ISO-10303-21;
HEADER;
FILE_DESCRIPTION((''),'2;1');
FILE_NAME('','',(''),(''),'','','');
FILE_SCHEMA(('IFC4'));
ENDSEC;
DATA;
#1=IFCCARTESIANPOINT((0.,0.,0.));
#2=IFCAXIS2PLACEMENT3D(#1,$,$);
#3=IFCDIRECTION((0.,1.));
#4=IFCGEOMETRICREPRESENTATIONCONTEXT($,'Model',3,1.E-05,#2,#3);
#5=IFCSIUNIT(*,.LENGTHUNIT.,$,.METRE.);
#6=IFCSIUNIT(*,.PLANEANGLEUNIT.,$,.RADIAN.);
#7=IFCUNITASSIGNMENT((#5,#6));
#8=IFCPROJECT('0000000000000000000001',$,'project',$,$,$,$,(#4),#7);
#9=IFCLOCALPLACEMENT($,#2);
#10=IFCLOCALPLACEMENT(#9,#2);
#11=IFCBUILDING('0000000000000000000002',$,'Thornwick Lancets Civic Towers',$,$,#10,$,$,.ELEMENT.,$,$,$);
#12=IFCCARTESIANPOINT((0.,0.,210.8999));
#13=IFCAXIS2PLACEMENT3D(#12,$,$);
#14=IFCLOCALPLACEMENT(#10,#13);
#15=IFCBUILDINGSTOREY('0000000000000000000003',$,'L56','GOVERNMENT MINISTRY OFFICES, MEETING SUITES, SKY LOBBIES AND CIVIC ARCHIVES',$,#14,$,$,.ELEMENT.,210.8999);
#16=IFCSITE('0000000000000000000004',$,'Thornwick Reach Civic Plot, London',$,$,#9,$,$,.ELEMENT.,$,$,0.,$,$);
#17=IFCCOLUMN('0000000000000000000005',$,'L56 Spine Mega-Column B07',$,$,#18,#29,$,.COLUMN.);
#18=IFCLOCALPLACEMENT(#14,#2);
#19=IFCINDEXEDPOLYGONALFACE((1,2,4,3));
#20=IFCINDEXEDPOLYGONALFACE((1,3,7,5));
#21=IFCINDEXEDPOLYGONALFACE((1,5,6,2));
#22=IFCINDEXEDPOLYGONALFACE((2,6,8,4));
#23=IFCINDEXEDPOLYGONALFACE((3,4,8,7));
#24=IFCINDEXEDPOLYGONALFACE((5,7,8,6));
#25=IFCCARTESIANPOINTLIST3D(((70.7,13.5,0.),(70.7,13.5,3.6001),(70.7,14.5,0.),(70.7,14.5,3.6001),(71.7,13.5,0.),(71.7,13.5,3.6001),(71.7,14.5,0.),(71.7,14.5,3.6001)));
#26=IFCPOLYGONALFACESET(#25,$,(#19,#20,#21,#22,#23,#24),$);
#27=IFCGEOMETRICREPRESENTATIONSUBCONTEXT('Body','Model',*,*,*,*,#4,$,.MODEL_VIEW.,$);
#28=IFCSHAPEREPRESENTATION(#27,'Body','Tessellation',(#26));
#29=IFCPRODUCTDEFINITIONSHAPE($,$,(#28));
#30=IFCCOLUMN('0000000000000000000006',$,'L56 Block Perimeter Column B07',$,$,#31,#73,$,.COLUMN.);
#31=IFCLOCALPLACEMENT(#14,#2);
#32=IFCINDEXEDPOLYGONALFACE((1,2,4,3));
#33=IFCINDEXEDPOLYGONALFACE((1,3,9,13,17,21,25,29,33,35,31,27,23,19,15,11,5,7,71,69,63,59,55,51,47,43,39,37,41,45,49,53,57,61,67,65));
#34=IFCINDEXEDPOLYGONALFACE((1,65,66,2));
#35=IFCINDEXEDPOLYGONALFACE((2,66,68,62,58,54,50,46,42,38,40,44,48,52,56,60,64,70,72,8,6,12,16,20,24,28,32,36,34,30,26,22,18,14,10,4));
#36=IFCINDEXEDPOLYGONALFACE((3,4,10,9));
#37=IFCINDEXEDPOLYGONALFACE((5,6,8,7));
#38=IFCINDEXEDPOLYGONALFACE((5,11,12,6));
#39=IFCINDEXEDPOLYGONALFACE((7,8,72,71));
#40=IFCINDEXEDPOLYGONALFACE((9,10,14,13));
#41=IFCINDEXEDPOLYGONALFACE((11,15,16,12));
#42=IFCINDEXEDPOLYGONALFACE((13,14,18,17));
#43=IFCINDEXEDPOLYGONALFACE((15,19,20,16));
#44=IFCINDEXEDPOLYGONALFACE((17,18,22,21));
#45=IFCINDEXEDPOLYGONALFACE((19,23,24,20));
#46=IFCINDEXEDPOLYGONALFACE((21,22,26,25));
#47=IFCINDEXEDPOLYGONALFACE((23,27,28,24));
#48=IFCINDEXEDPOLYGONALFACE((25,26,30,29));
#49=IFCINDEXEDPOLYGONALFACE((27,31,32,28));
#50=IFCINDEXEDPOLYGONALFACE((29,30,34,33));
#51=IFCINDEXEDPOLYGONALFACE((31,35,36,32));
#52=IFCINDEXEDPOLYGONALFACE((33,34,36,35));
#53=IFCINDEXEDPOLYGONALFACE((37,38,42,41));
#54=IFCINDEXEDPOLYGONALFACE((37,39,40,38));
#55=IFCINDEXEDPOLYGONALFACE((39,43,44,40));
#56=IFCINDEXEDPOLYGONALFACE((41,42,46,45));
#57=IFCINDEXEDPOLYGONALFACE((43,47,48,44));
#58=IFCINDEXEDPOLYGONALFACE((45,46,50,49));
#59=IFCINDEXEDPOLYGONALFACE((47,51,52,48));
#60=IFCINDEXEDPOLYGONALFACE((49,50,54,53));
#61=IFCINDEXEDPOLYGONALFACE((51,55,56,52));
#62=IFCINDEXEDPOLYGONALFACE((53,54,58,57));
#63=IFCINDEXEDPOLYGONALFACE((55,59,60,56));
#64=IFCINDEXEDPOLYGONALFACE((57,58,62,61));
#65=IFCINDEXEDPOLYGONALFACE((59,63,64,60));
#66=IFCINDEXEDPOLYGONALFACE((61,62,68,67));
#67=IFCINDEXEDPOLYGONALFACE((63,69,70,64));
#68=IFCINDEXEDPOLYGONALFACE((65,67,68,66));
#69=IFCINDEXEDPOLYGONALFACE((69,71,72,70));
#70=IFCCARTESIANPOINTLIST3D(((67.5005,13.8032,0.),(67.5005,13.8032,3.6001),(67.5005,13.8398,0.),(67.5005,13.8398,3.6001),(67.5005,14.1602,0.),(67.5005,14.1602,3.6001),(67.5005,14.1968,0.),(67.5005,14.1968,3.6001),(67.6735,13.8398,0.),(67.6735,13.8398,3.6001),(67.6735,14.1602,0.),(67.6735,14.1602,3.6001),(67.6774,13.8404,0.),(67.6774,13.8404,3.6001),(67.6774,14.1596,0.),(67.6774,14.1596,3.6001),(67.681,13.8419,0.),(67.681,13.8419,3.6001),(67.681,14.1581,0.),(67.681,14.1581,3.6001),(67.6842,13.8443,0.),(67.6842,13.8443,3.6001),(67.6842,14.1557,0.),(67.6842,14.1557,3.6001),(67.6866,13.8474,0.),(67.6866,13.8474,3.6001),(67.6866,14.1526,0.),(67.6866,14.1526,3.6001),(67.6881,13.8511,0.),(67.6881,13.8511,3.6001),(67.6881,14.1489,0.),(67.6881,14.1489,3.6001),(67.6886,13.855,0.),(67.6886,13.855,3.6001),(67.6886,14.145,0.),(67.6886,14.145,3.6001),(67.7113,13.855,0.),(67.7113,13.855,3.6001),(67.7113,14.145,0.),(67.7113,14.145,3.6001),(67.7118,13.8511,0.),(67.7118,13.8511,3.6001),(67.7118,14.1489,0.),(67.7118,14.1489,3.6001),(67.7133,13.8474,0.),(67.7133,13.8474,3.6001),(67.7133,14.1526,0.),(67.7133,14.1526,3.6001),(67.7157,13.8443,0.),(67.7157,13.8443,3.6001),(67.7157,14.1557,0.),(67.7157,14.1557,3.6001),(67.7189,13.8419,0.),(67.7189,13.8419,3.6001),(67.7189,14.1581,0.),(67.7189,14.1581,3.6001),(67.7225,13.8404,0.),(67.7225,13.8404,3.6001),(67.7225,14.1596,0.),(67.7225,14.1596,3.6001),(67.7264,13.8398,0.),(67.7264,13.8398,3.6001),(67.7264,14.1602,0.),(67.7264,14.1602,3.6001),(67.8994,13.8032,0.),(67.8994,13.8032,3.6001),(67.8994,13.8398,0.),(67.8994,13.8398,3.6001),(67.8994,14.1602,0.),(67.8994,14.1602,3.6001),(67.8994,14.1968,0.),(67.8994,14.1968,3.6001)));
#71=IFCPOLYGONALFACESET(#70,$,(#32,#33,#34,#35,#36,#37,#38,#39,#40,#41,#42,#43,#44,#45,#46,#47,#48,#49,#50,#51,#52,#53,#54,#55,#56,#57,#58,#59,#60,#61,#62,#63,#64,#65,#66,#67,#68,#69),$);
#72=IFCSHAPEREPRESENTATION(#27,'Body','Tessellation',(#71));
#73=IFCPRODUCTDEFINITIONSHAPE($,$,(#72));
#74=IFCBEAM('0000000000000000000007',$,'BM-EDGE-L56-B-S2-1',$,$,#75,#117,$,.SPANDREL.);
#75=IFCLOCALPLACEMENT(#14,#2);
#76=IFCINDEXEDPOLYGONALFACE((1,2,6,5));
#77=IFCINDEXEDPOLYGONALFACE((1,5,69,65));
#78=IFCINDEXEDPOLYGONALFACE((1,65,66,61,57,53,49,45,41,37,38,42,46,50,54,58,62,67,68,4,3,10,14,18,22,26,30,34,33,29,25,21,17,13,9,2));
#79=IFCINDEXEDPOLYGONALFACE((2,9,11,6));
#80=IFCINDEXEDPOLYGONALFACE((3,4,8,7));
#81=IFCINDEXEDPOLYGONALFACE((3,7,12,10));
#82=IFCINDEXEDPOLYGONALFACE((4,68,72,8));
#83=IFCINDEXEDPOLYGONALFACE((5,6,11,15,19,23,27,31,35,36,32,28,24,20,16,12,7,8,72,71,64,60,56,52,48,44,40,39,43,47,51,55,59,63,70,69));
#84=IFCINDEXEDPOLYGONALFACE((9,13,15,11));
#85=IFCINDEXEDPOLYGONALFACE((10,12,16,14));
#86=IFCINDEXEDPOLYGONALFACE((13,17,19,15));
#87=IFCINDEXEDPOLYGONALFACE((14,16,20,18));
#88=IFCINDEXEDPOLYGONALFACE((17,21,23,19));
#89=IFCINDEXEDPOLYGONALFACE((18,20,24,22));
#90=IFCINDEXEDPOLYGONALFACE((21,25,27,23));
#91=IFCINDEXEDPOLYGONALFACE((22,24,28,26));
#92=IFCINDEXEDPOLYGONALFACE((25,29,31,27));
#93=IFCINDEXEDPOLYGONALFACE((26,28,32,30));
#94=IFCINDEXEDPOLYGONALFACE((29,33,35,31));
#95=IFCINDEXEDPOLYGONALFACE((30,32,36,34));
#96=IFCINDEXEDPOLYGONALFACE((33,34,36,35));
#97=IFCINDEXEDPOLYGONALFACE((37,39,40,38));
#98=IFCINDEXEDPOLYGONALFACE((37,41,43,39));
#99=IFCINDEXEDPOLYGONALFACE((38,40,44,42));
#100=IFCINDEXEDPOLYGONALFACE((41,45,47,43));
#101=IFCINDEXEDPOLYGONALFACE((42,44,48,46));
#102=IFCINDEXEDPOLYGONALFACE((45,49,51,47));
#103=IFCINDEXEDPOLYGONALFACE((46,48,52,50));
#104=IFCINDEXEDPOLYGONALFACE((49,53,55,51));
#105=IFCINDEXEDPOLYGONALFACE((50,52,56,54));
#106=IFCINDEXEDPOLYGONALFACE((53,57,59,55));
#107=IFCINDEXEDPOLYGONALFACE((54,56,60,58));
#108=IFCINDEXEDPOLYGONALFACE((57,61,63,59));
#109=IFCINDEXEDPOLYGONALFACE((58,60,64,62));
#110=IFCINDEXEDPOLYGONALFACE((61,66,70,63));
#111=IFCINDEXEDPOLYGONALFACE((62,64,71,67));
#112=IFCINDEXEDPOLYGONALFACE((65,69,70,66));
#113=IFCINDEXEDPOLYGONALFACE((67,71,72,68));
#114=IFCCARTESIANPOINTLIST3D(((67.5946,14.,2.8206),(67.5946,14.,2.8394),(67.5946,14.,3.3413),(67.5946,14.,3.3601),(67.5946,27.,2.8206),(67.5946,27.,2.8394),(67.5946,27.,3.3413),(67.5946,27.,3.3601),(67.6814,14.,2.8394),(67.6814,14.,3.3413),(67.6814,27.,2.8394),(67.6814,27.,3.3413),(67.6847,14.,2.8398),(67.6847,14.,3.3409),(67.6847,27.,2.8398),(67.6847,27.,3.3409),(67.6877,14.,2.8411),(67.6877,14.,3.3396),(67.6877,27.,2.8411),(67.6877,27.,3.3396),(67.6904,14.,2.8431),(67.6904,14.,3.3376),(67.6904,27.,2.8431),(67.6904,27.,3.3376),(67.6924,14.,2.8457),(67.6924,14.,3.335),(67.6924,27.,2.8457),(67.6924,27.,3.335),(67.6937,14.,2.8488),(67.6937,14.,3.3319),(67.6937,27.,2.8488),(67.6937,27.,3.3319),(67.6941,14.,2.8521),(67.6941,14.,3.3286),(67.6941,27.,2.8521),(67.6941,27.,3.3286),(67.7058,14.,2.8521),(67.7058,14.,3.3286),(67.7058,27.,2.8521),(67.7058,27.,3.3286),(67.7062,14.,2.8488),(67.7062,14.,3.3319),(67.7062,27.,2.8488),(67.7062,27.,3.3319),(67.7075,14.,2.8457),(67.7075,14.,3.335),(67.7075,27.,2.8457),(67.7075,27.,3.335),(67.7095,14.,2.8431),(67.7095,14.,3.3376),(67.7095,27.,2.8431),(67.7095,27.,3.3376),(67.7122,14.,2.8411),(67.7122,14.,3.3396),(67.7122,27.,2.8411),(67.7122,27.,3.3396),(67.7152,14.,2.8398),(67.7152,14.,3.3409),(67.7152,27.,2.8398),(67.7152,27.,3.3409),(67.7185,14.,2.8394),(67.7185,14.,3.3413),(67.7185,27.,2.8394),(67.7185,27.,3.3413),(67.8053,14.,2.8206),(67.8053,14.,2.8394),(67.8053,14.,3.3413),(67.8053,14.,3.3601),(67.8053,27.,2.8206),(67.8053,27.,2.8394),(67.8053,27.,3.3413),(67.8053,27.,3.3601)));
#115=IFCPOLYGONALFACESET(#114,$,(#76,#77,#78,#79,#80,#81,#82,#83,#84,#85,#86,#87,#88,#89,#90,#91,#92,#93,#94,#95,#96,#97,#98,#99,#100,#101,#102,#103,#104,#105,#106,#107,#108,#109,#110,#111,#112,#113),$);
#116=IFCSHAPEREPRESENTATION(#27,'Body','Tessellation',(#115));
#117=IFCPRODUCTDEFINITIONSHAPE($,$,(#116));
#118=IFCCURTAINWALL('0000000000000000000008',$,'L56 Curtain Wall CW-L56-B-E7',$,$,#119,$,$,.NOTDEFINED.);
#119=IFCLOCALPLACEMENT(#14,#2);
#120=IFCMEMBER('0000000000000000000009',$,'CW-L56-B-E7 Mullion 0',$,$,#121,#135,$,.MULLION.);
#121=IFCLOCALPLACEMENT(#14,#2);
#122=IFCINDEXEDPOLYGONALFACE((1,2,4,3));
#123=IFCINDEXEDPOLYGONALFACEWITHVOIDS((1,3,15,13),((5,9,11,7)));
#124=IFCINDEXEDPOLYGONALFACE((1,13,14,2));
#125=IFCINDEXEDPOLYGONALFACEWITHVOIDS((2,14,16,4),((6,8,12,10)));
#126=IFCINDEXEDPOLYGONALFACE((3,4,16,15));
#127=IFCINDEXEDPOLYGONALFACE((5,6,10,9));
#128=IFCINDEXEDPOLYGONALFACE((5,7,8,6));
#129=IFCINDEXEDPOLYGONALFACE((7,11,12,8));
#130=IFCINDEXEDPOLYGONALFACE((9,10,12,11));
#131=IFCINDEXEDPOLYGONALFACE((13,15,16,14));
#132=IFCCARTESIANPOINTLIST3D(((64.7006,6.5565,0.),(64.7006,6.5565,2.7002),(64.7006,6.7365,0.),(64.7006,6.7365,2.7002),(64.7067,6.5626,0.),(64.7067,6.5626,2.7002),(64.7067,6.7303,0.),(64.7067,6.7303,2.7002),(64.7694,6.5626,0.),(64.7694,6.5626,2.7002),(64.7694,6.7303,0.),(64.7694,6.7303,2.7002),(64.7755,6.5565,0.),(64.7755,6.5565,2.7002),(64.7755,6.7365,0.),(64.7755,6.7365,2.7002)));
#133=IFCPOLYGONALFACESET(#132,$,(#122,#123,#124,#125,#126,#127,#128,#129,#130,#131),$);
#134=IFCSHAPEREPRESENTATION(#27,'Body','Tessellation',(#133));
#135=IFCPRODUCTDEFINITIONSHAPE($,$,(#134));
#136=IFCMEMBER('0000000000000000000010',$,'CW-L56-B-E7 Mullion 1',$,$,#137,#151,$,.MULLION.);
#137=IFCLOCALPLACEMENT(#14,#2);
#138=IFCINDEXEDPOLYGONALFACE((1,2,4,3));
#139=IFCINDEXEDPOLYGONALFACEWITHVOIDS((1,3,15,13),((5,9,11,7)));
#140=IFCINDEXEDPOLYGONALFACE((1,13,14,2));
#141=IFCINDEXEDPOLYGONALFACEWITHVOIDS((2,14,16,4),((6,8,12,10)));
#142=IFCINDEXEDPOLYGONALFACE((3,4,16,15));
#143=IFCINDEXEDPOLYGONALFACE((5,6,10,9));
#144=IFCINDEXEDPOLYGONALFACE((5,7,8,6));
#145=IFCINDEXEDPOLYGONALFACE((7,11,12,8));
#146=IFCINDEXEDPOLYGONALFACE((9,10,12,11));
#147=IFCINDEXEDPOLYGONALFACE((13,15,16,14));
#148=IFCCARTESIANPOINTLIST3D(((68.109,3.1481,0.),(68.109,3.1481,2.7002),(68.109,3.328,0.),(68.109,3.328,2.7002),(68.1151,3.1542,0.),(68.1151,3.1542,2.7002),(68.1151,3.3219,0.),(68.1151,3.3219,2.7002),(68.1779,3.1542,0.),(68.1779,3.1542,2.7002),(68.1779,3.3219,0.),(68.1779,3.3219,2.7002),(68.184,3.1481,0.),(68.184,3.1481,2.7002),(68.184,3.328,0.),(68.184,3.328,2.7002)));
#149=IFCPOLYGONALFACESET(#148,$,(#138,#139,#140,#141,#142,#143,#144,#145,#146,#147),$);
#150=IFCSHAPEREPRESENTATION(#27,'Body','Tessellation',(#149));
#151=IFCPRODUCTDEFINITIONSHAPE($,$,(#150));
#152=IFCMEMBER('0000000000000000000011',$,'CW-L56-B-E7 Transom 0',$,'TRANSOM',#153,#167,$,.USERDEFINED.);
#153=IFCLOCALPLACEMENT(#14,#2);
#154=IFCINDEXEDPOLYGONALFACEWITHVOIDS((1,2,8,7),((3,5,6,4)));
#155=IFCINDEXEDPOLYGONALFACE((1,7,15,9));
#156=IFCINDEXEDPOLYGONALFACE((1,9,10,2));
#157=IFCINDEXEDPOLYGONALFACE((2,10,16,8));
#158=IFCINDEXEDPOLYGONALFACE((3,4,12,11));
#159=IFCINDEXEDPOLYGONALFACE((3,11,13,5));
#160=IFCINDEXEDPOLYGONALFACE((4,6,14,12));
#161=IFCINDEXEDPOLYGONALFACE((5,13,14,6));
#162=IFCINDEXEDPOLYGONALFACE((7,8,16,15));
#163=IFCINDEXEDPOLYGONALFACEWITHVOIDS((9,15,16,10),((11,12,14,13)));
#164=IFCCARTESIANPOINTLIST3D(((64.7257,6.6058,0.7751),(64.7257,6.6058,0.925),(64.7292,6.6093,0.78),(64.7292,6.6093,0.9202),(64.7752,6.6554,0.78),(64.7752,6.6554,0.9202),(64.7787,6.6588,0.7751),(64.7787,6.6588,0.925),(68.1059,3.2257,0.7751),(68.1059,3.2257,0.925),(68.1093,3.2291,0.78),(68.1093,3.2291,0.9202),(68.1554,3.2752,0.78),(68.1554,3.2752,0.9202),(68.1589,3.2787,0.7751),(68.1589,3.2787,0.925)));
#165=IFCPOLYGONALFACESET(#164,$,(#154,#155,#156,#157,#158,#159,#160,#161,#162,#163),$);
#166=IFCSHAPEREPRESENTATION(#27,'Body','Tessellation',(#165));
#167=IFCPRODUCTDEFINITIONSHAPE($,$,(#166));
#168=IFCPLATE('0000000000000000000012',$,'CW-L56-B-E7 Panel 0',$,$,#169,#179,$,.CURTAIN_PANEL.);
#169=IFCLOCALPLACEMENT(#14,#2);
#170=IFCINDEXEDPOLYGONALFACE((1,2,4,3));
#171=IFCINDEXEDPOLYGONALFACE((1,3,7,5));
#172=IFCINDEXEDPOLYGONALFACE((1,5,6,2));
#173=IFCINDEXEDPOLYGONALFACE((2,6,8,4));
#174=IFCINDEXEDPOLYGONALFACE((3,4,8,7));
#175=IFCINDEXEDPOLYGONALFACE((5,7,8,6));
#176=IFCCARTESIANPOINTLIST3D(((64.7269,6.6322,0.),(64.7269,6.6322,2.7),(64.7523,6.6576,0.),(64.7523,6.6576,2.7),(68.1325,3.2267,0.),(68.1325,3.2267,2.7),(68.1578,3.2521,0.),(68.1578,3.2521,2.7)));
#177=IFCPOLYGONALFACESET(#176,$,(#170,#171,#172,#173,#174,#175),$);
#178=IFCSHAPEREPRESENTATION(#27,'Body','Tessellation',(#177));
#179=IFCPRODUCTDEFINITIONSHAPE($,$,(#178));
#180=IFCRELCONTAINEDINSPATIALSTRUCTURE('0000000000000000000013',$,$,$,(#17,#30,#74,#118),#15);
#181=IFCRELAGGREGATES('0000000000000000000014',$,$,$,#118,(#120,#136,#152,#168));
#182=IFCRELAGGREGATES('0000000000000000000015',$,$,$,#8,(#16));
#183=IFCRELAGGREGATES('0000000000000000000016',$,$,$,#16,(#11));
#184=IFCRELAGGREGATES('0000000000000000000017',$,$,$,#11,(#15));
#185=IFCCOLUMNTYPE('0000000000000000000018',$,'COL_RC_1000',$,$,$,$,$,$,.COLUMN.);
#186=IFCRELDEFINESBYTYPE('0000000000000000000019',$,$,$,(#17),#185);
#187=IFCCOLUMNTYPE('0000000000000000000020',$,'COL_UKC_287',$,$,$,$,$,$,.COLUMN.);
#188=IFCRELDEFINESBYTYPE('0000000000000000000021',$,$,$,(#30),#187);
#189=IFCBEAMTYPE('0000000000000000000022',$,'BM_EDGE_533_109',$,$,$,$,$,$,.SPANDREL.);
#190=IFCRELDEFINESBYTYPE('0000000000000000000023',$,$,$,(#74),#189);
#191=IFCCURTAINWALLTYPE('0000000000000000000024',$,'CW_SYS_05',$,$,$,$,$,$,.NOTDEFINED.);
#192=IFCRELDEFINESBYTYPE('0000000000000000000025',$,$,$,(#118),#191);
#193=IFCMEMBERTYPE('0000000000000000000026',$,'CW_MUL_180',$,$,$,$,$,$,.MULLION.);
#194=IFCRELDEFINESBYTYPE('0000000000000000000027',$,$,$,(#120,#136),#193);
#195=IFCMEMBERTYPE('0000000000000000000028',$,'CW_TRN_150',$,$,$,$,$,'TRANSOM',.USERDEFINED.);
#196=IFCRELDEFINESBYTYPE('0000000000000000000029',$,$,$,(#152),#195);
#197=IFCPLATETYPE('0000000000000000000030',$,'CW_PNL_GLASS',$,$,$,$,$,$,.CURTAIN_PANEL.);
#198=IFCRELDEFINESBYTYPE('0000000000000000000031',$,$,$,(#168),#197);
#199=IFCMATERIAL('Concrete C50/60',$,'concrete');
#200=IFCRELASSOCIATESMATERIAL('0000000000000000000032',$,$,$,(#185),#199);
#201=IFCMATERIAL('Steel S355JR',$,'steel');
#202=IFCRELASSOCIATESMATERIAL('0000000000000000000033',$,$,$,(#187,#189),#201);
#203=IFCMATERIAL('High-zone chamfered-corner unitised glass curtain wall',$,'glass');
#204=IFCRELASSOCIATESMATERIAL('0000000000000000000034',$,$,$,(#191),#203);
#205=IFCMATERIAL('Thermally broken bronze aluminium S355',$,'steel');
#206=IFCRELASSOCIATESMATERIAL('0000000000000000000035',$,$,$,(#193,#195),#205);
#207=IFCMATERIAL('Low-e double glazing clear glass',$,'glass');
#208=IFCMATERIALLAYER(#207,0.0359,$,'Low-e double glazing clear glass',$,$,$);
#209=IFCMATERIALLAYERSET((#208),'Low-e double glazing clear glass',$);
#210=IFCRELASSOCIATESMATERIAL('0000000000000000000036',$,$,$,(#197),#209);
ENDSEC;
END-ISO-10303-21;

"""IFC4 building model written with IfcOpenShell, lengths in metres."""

from ifc_helpers import new_model, si_unit, direction, frame, origin, origin_2d, place, context, subcontext, project, spatial, rectangle, hollow_rectangle, i_section, extrude, material, layer, layer_set, material_profile, profile_set, type_object, element, aggregate, save


model = new_model("IFC4")

# Units and contexts
model_context = context("Model", 3, precision=1e-05, world=origin(), true_north=direction((0.0, 1.0)))
body_context = subcontext(model_context, "Body", "Model", "MODEL_VIEW")
ifc_project = project(units=[si_unit("LENGTHUNIT", "METRE"), si_unit("PLANEANGLEUNIT", "RADIAN")], contexts=[model_context])

# Site, building, storey
site_placement = place(None, origin())
site = spatial("IfcSite", under=ifc_project, at=site_placement, Name="Thornwick Reach Civic Plot, London", CompositionType="ELEMENT", RefElevation=0.0)
building_placement = place(site_placement, origin())
building = spatial("IfcBuilding", under=site, at=building_placement, Name="Thornwick Lancets Civic Towers", CompositionType="ELEMENT")
storey_placement = place(building_placement, frame((0.0, 0.0, 210.8999)))
storey = spatial("IfcBuildingStorey", under=building, at=storey_placement, Name="L56", Description="GOVERNMENT MINISTRY OFFICES, MEETING SUITES, SKY LOBBIES AND CIVIC ARCHIVES", CompositionType="ELEMENT", Elevation=210.8999)

# Columns
ifc_material_1 = material(Name="Concrete C50/60", Category="concrete")
ifc_material_profile_1 = material_profile(ifc_material_1, rectangle(XDim=1.0, YDim=1.0, at=origin_2d()), Name="RC 1000x1000")
ifc_profile_set_1 = profile_set([ifc_material_profile_1], Name="Concrete C50/60")
column_type_1 = type_object("IfcColumnType", Name="COL_RC_1000", PredefinedType="COLUMN", material=ifc_profile_set_1)
column_1_placement = place(storey_placement, frame((71.2, 14.0, 0.0), z_axis=(0.0, 0.0, 1.0), x_axis=(1.0, 0.0, 0.0)))
element("IfcColumn", 1, at=column_1_placement, inside=storey, type_object=column_type_1, Name="L56 Spine Mega-Column B07", PredefinedType="COLUMN", context=body_context, shape_type="SweptSolid", body=[
    extrude(rectangle(XDim=1.0, YDim=1.0, at=origin_2d()), origin(), (0.0, 0.0, 1.0), 3.6001),
])
ifc_material_2 = material(Name="Steel S355JR", Category="steel")
ifc_material_profile_2 = material_profile(ifc_material_2, i_section(OverallWidth=0.3989, OverallDepth=0.3936, WebThickness=0.0227, FlangeThickness=0.0366, FilletRadius=0.0151, at=origin_2d()), Name="UKC 356x406x287")
ifc_profile_set_2 = profile_set([ifc_material_profile_2], Name="Steel S355JR")
column_type_2 = type_object("IfcColumnType", Name="COL_UKC_287", PredefinedType="COLUMN", material=ifc_profile_set_2)
column_2_placement = place(storey_placement, frame((67.7, 14.0, 0.0), z_axis=(0.0, 0.0, 1.0), x_axis=(1.0, 0.0, 0.0)))
element("IfcColumn", 2, at=column_2_placement, inside=storey, type_object=column_type_2, Name="L56 Block Perimeter Column B07", PredefinedType="COLUMN", context=body_context, shape_type="SweptSolid", body=[
    extrude(i_section(OverallWidth=0.3989, OverallDepth=0.3936, WebThickness=0.0227, FlangeThickness=0.0366, FilletRadius=0.0151, at=origin_2d()), origin(), (0.0, 0.0, 1.0), 3.6001),
])

# Beam
ifc_material_profile_3 = material_profile(ifc_material_2, i_section(OverallWidth=0.2107, OverallDepth=0.5396, WebThickness=0.0117, FlangeThickness=0.0188, FilletRadius=0.0127, at=origin_2d()), Name="UKB 533x210x109")
ifc_profile_set_3 = profile_set([ifc_material_profile_3], Name="Steel S355JR")
beam_type = type_object("IfcBeamType", Name="BM_EDGE_533_109", PredefinedType="SPANDREL", material=ifc_profile_set_3)
beam_placement = place(storey_placement, frame((67.7, 14.0, 3.0903), z_axis=(0.0, 1.0, 0.0), x_axis=(-1.0, 0.0, 0.0)))
element("IfcBeam", 3, at=beam_placement, inside=storey, type_object=beam_type, Name="BM-EDGE-L56-B-S2-1", PredefinedType="SPANDREL", context=body_context, shape_type="SweptSolid", body=[
    extrude(i_section(OverallWidth=0.2107, OverallDepth=0.5396, WebThickness=0.0117, FlangeThickness=0.0188, FilletRadius=0.0127, at=origin_2d()), origin(), (0.0, 0.0, 1.0), 13.0),
])

# Curtain wall, members, plate
ifc_material_3 = material(Name="High-zone chamfered-corner unitised glass curtain wall", Category="glass")
curtain_wall_type = type_object("IfcCurtainWallType", Name="CW_SYS_05", PredefinedType="NOTDEFINED", material=ifc_material_3)
curtain_wall_placement = place(storey_placement, origin())
curtain_wall = element("IfcCurtainWall", 4, at=curtain_wall_placement, inside=storey, type_object=curtain_wall_type, Name="L56 Curtain Wall CW-L56-B-E7", PredefinedType="NOTDEFINED")
ifc_material_4 = material(Name="Thermally broken bronze aluminium S355", Category="steel")
ifc_material_profile_4 = material_profile(ifc_material_4, hollow_rectangle(XDim=0.075, YDim=0.1799, WallThickness=0.0061, at=origin_2d()), Name="RHS 180x75x6")
ifc_profile_set_4 = profile_set([ifc_material_profile_4], Name="Thermally broken bronze aluminium S355")
member_type_1 = type_object("IfcMemberType", Name="CW_MUL_180", PredefinedType="MULLION", material=ifc_profile_set_4)
member_1_placement = place(storey_placement, frame((64.738, 6.6465, 0.0), z_axis=(0.0, 0.0, 1.0), x_axis=(1.0, 0.0, 0.0)))
member_1 = element("IfcMember", 5, at=member_1_placement, type_object=member_type_1, Name="CW-L56-B-E7 Mullion 0", PredefinedType="MULLION", context=body_context, shape_type="SweptSolid", body=[
    extrude(hollow_rectangle(XDim=0.075, YDim=0.1799, WallThickness=0.0061, at=origin_2d()), origin(), (0.0, 0.0, 1.0), 2.7002),
])
member_2_placement = place(storey_placement, frame((68.1465, 3.238, 0.0), z_axis=(0.0, 0.0, 1.0), x_axis=(1.0, 0.0, 0.0)))
member_2 = element("IfcMember", 6, at=member_2_placement, type_object=member_type_1, Name="CW-L56-B-E7 Mullion 1", PredefinedType="MULLION", context=body_context, shape_type="SweptSolid", body=[
    extrude(hollow_rectangle(XDim=0.075, YDim=0.1799, WallThickness=0.0061, at=origin_2d()), origin(), (0.0, 0.0, 1.0), 2.7002),
])
ifc_material_profile_5 = material_profile(ifc_material_4, hollow_rectangle(XDim=0.075, YDim=0.1499, WallThickness=0.0049, at=origin_2d()), Name="RHS 150x75x5")
ifc_profile_set_5 = profile_set([ifc_material_profile_5], Name="Thermally broken bronze aluminium S355")
member_type_2 = type_object("IfcMemberType", Name="CW_TRN_150", ElementType="TRANSOM", PredefinedType="USERDEFINED", material=ifc_profile_set_5)
member_3_placement = place(storey_placement, frame((64.7522, 6.6323, 0.8501), z_axis=(0.707107, -0.707107, 0.0), x_axis=(0.707107, 0.707107, 0.0)))
member_3 = element("IfcMember", 7, at=member_3_placement, type_object=member_type_2, Name="CW-L56-B-E7 Transom 0", ObjectType="TRANSOM", PredefinedType="USERDEFINED", context=body_context, shape_type="SweptSolid", body=[
    extrude(hollow_rectangle(XDim=0.075, YDim=0.1499, WallThickness=0.0049, at=origin_2d()), origin(), (0.0, 0.0, 1.0), 4.7803),
])
ifc_material_5 = material(Name="Low-e double glazing clear glass", Category="glass")
ifc_layer_1 = layer(ifc_material_5, 0.0359, Name="Low-e double glazing clear glass")
ifc_layer_set_1 = layer_set([ifc_layer_1], Name="Low-e double glazing clear glass")
plate_type = type_object("IfcPlateType", Name="CW_PNL_GLASS", PredefinedType="CURTAIN_PANEL", material=ifc_layer_set_1)
plate_placement = place(storey_placement, frame((66.4424, 4.9421, 0.0), z_axis=(0.0, 0.0, 1.0), x_axis=(0.707107, -0.707107, 0.0)))
plate = element("IfcPlate", 8, at=plate_placement, type_object=plate_type, Name="CW-L56-B-E7 Panel 0", PredefinedType="CURTAIN_PANEL", context=body_context, shape_type="SweptSolid", body=[
    extrude(rectangle(XDim=4.8162, YDim=0.0359, at=origin_2d()), origin(), (0.0, 0.0, 1.0), 2.7),
])
aggregate(curtain_wall, [member_1, member_2, member_3, plate])

save(model, "model.ifc")
